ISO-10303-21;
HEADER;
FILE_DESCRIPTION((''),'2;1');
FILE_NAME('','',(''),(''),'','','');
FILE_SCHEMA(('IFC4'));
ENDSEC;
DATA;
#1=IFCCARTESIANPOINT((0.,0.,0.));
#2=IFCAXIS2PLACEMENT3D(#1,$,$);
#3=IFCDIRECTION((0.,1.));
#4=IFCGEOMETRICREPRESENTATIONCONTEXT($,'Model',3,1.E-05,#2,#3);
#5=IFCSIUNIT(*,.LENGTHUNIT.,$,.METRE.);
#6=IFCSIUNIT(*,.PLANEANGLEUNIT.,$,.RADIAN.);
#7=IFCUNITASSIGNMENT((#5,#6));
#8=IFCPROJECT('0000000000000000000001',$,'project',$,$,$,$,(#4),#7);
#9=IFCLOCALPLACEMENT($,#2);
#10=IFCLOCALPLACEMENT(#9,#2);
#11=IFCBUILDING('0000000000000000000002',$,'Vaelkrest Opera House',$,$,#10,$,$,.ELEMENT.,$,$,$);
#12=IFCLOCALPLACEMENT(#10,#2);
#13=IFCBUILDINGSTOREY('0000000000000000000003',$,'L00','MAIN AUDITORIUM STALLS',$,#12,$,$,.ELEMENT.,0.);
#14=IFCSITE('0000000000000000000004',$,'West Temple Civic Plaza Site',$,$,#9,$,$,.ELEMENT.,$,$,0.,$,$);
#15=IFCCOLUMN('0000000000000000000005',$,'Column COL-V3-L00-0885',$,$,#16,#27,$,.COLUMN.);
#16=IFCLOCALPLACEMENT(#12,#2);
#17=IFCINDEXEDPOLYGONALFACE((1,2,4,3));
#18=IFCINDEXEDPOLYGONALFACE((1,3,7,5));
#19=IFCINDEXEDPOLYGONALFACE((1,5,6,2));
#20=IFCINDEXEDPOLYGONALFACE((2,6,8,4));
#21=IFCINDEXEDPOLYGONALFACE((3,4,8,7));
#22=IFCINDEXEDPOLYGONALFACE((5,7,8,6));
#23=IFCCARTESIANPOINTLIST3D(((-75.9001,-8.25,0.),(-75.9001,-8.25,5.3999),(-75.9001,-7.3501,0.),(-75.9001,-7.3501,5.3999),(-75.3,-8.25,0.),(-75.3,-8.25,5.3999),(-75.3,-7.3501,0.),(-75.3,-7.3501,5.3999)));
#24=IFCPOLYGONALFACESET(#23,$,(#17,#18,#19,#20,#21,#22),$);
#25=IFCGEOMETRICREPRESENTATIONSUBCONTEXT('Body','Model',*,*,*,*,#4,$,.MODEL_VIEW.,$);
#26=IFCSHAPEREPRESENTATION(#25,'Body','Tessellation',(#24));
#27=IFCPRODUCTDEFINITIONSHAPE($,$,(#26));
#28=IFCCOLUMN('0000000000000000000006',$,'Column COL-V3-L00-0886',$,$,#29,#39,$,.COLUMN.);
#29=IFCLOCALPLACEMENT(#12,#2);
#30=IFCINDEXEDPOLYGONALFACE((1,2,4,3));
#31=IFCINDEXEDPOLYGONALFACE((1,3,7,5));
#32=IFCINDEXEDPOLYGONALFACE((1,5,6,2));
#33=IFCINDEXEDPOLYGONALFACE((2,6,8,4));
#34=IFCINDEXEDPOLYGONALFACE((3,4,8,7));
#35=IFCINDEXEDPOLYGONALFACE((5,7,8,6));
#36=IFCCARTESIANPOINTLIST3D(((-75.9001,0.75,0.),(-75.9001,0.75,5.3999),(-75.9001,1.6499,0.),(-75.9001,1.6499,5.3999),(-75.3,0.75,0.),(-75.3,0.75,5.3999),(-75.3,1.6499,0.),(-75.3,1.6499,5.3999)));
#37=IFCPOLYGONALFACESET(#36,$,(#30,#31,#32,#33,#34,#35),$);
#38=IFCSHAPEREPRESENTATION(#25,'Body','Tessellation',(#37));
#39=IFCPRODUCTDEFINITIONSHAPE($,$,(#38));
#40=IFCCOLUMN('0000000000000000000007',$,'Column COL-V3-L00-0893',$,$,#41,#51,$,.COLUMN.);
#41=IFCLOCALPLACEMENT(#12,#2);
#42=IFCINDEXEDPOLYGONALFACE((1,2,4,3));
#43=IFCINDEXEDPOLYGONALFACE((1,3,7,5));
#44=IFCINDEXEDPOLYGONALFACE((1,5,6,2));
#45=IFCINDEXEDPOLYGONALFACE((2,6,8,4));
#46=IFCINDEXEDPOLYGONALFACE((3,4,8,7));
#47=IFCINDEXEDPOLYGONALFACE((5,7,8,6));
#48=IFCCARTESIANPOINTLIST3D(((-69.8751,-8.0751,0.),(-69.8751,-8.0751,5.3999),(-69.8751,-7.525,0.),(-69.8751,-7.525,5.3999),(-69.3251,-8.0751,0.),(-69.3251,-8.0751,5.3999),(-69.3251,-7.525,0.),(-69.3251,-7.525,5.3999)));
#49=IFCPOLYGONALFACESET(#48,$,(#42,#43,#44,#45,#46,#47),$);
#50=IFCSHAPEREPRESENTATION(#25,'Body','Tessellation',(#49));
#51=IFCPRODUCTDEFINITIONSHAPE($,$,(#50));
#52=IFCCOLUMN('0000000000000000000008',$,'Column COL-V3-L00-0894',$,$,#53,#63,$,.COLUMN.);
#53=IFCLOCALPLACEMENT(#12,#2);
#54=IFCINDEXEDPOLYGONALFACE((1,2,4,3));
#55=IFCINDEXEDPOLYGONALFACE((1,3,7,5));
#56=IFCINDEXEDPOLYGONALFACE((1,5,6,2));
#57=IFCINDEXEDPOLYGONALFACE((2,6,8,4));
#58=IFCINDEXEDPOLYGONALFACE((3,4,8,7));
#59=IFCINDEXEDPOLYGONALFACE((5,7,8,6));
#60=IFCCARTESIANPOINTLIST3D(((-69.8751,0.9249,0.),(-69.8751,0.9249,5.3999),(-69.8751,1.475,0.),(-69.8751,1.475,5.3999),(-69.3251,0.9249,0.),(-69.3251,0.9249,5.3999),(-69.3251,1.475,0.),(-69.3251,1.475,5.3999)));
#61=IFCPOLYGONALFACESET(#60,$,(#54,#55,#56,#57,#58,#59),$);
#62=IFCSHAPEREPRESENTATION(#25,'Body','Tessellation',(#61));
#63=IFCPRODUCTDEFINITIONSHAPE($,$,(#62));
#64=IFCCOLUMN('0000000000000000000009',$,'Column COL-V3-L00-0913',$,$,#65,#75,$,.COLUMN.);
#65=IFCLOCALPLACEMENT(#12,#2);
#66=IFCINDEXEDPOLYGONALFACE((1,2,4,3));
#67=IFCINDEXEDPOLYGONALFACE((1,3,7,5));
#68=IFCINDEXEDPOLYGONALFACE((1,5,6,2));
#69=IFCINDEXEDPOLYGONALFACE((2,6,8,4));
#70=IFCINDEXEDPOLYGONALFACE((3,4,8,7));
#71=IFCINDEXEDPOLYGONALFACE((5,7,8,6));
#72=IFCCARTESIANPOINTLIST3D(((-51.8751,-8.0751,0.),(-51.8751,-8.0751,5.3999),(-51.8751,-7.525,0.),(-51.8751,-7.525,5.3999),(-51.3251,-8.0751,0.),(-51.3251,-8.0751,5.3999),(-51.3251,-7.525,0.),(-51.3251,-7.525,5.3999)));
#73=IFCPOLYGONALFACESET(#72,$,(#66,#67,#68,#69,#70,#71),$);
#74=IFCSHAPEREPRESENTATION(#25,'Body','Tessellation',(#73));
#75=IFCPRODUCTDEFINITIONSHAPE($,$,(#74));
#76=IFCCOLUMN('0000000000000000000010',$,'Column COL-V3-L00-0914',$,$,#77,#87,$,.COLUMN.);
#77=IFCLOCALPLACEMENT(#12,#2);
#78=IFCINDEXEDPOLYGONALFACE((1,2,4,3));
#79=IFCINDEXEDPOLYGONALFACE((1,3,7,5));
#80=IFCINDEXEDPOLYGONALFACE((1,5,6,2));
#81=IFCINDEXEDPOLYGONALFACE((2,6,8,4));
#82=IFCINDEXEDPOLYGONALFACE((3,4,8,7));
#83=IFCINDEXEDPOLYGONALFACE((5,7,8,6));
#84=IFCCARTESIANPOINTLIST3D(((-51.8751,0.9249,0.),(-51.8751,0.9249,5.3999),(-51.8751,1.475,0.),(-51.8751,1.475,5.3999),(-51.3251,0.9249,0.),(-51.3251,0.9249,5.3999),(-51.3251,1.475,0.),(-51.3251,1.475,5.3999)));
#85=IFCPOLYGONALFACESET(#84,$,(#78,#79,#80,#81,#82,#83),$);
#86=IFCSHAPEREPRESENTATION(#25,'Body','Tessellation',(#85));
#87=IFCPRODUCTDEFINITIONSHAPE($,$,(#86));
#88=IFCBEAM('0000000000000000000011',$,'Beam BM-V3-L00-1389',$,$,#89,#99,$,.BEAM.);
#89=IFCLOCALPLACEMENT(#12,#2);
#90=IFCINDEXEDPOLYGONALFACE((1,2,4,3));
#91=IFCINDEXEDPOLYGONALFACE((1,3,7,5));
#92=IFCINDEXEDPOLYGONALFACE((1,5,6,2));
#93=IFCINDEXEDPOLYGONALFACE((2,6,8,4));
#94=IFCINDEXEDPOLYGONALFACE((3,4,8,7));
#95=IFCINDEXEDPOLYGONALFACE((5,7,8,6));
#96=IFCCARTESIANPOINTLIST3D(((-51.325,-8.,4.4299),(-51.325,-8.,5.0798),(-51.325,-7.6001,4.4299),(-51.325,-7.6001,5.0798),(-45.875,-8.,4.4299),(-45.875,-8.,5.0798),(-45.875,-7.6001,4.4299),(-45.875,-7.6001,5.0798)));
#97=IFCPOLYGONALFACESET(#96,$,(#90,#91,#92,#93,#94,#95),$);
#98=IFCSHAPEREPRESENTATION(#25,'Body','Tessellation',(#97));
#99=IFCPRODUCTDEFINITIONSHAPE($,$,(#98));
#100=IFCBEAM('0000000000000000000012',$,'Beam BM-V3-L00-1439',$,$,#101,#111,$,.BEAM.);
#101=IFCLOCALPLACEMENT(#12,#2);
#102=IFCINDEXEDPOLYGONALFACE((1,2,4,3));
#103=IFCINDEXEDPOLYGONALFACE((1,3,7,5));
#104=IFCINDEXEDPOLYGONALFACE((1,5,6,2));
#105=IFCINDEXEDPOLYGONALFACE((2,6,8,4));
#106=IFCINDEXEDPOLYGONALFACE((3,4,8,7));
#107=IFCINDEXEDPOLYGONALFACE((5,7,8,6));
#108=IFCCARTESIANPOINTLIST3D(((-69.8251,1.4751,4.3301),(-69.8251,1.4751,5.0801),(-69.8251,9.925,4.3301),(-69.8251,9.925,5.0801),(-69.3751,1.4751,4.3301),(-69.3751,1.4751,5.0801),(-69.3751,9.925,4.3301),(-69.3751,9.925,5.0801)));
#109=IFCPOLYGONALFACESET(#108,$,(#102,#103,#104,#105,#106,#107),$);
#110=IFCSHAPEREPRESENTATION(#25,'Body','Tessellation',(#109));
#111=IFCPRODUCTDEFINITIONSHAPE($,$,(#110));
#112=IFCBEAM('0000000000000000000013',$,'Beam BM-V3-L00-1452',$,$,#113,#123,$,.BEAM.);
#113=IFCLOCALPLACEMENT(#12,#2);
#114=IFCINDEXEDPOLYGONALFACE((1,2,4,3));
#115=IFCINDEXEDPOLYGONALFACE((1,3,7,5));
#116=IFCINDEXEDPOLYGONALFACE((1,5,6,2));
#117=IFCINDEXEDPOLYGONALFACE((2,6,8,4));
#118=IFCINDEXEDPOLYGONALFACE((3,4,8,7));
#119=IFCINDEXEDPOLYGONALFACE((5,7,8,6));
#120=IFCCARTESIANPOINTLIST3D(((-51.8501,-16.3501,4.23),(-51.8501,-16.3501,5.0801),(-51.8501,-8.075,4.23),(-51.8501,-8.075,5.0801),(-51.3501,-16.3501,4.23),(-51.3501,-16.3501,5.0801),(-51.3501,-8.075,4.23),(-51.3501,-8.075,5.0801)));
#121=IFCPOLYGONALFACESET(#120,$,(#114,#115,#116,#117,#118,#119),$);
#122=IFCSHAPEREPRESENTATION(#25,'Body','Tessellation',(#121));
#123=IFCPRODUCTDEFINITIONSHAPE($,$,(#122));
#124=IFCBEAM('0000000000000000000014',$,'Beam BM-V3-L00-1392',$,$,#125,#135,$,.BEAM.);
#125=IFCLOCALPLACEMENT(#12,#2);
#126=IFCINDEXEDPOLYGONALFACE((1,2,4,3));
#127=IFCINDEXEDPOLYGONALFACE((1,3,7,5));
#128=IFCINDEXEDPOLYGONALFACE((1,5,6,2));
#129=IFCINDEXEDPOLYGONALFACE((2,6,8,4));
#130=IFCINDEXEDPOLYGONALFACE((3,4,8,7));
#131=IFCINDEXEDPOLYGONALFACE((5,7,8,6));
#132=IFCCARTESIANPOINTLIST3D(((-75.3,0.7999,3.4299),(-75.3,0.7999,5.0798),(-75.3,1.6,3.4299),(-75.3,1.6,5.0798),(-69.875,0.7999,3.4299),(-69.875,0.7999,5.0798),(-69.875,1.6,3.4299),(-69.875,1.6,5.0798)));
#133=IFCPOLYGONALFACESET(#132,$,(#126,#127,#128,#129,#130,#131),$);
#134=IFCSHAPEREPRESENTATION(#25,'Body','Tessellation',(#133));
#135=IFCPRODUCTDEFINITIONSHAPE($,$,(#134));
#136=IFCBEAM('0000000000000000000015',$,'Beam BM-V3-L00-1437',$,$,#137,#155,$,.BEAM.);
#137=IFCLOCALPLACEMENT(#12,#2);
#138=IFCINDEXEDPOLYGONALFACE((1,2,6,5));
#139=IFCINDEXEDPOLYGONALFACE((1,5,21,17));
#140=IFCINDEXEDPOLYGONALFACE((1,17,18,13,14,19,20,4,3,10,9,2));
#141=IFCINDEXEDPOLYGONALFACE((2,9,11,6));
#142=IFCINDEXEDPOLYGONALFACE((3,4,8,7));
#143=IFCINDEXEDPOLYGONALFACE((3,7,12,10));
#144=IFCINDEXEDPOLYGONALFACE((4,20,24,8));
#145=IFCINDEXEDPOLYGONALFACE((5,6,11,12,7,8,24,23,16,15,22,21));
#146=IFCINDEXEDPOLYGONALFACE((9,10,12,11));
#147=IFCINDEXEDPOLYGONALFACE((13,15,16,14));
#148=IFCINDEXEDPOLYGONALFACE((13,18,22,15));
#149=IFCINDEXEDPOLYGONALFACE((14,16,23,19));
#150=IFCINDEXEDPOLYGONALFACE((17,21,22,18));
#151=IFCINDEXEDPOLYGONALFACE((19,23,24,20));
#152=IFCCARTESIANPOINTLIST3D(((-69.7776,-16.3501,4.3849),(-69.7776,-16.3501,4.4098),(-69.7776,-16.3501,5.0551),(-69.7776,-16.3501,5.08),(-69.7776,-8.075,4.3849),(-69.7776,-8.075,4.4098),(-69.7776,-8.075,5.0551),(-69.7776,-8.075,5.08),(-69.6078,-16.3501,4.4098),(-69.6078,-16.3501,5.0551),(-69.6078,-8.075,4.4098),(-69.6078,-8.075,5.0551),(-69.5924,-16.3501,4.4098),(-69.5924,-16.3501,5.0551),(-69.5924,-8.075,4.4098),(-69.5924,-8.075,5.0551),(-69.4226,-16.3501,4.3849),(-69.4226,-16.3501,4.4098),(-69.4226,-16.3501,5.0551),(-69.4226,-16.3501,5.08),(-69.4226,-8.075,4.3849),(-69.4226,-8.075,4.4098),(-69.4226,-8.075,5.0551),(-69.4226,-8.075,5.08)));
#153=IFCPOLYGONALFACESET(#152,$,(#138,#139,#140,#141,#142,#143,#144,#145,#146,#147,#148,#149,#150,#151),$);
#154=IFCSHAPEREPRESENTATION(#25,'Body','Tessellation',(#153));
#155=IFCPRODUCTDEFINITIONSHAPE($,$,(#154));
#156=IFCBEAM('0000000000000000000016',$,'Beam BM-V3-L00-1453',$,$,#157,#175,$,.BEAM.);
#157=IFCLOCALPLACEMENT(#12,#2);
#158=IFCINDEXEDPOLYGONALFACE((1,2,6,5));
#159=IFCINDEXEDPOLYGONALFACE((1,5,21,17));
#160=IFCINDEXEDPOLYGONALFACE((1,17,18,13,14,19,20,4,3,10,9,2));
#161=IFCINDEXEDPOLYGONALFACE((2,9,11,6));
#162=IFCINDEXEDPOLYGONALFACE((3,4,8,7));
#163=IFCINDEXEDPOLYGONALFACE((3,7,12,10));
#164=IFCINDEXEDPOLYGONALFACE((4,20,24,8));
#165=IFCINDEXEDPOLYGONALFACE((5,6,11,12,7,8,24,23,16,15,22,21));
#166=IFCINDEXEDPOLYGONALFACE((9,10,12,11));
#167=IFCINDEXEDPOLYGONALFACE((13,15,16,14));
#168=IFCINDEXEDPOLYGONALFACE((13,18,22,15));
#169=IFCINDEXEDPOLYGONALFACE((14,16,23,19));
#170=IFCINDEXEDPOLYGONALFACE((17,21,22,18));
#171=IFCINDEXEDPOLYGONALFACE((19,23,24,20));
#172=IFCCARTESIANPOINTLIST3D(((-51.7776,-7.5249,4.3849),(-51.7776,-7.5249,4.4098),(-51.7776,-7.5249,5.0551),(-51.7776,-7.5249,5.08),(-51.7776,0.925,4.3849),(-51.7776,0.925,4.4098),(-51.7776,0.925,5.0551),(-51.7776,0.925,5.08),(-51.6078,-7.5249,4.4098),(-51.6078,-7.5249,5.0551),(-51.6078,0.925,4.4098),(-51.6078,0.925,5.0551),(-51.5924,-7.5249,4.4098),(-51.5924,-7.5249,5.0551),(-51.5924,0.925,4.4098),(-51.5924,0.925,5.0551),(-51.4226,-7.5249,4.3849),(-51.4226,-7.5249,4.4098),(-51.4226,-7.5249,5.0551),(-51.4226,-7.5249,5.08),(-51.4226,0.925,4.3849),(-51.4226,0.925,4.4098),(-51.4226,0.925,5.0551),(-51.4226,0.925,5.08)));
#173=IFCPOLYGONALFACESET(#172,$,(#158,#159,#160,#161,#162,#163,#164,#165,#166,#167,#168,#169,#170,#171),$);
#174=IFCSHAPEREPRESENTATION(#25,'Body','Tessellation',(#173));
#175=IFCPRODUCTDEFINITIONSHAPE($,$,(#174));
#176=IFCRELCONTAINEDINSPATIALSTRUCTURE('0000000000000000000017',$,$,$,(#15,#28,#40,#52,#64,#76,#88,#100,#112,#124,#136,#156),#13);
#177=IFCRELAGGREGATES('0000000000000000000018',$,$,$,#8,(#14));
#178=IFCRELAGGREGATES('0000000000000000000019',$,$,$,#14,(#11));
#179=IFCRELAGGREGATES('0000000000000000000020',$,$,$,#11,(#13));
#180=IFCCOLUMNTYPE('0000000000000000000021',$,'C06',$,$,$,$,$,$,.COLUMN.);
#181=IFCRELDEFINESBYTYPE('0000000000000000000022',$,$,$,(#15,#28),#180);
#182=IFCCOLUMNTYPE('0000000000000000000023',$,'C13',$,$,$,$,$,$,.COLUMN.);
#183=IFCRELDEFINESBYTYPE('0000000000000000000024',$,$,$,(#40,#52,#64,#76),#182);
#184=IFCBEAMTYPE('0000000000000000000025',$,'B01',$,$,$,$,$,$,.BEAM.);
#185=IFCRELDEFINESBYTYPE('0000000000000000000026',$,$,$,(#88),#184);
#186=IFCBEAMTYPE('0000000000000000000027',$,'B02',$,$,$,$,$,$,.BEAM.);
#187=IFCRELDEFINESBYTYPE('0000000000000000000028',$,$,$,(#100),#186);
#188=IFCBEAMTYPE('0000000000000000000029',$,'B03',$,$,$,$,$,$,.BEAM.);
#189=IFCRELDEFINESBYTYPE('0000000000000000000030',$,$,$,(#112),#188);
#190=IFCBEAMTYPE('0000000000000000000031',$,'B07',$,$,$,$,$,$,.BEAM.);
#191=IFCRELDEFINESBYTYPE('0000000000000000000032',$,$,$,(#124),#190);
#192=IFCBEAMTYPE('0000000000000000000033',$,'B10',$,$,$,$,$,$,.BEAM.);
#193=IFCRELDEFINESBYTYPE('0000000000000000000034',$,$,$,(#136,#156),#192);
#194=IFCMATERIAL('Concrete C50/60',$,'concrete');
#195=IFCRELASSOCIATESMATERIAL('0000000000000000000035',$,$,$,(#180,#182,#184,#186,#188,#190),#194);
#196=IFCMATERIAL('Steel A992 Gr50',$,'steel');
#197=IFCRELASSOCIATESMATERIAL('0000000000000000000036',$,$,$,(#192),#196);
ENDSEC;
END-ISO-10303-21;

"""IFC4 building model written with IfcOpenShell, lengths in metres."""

from ifc_helpers import new_model, si_unit, direction, frame, origin, origin_2d, place, context, subcontext, project, spatial, rectangle, i_section, extrude, material, material_profile, profile_set, type_object, element, save


model = new_model("IFC4")

# Units and contexts
model_context = context("Model", 3, precision=1e-05, world=origin(), true_north=direction((0.0, 1.0)))
body_context = subcontext(model_context, "Body", "Model", "MODEL_VIEW")
ifc_project = project(units=[si_unit("LENGTHUNIT", "METRE"), si_unit("PLANEANGLEUNIT", "RADIAN")], contexts=[model_context])

# Site, building, storey
site_placement = place(None, origin())
site = spatial("IfcSite", under=ifc_project, at=site_placement, Name="West Temple Civic Plaza Site", CompositionType="ELEMENT", RefElevation=0.0)
building_placement = place(site_placement, origin())
building = spatial("IfcBuilding", under=site, at=building_placement, Name="Vaelkrest Opera House", CompositionType="ELEMENT")
storey_placement = place(building_placement, origin())
storey = spatial("IfcBuildingStorey", under=building, at=storey_placement, Name="L00", Description="MAIN AUDITORIUM STALLS", CompositionType="ELEMENT", Elevation=0.0)

# Columns
ifc_material_1 = material(Name="Concrete C50/60", Category="concrete")
ifc_material_profile_1 = material_profile(ifc_material_1, rectangle(XDim=0.6001, YDim=0.8999, at=origin_2d()), Name="RC600X900")
ifc_profile_set_1 = profile_set([ifc_material_profile_1], Name="Concrete C50/60")
column_type_1 = type_object("IfcColumnType", Name="C06", PredefinedType="COLUMN", material=ifc_profile_set_1)
for number, where, z_axis, x_axis, name in (
    (1, (-75.6001, -7.8, 0.0), (0.0, 0.0, 1.0), (1.0, 0.0, 0.0), "Column COL-V3-L00-0885"),
    (2, (-75.6001, 1.2, 0.0), (0.0, 0.0, 1.0), (1.0, 0.0, 0.0), "Column COL-V3-L00-0886"),
):
    element("IfcColumn", number, at=place(storey_placement, frame(where, z_axis=z_axis, x_axis=x_axis)), inside=storey, type_object=column_type_1, Name=name, PredefinedType="COLUMN", context=body_context, shape_type="SweptSolid", body=[
        extrude(rectangle(XDim=0.6001, YDim=0.8999, at=origin_2d()), origin(), (0.0, 0.0, 1.0), 5.3999),
    ])
ifc_material_profile_2 = material_profile(ifc_material_1, rectangle(XDim=0.55, YDim=0.55, at=origin_2d()), Name="RC550X550")
ifc_profile_set_2 = profile_set([ifc_material_profile_2], Name="Concrete C50/60")
column_type_2 = type_object("IfcColumnType", Name="C13", PredefinedType="COLUMN", material=ifc_profile_set_2)
for number, where, z_axis, x_axis, name in (
    (3, (-69.6001, -7.8, 0.0), (0.0, 0.0, 1.0), (1.0, 0.0, 0.0), "Column COL-V3-L00-0893"),
    (4, (-69.6001, 1.2, 0.0), (0.0, 0.0, 1.0), (1.0, 0.0, 0.0), "Column COL-V3-L00-0894"),
    (5, (-51.6001, -7.8, 0.0), (0.0, 0.0, 1.0), (1.0, 0.0, 0.0), "Column COL-V3-L00-0913"),
    (6, (-51.6001, 1.2, 0.0), (0.0, 0.0, 1.0), (1.0, 0.0, 0.0), "Column COL-V3-L00-0914"),
):
    element("IfcColumn", number, at=place(storey_placement, frame(where, z_axis=z_axis, x_axis=x_axis)), inside=storey, type_object=column_type_2, Name=name, PredefinedType="COLUMN", context=body_context, shape_type="SweptSolid", body=[
        extrude(rectangle(XDim=0.55, YDim=0.55, at=origin_2d()), origin(), (0.0, 0.0, 1.0), 5.3999),
    ])

# Beams
ifc_material_profile_3 = material_profile(ifc_material_1, rectangle(XDim=0.3999, YDim=0.6499, at=origin_2d()), Name="RCB400X650")
ifc_profile_set_3 = profile_set([ifc_material_profile_3], Name="Concrete C50/60")
beam_type_1 = type_object("IfcBeamType", Name="B01", PredefinedType="BEAM", material=ifc_profile_set_3)
beam_1_placement = place(storey_placement, frame((-51.325, -7.8, 4.7549), z_axis=(1.0, 0.0, 0.0), x_axis=(0.0, 1.0, 0.0)))
element("IfcBeam", 7, at=beam_1_placement, inside=storey, type_object=beam_type_1, Name="Beam BM-V3-L00-1389", PredefinedType="BEAM", context=body_context, shape_type="SweptSolid", body=[
    extrude(rectangle(XDim=0.3999, YDim=0.6499, at=origin_2d()), origin(), (0.0, 0.0, 1.0), 5.45),
])
ifc_material_profile_4 = material_profile(ifc_material_1, rectangle(XDim=0.45, YDim=0.75, at=origin_2d()), Name="RCB450X750")
ifc_profile_set_4 = profile_set([ifc_material_profile_4], Name="Concrete C50/60")
beam_type_2 = type_object("IfcBeamType", Name="B02", PredefinedType="BEAM", material=ifc_profile_set_4)
beam_2_placement = place(storey_placement, frame((-69.6001, 1.4751, 4.7051), z_axis=(0.0, 1.0, 0.0), x_axis=(-1.0, 0.0, 0.0)))
element("IfcBeam", 8, at=beam_2_placement, inside=storey, type_object=beam_type_2, Name="Beam BM-V3-L00-1439", PredefinedType="BEAM", context=body_context, shape_type="SweptSolid", body=[
    extrude(rectangle(XDim=0.45, YDim=0.75, at=origin_2d()), origin(), (0.0, 0.0, 1.0), 8.45),
])
ifc_material_profile_5 = material_profile(ifc_material_1, rectangle(XDim=0.5, YDim=0.8501, at=origin_2d()), Name="RCB500X850")
ifc_profile_set_5 = profile_set([ifc_material_profile_5], Name="Concrete C50/60")
beam_type_3 = type_object("IfcBeamType", Name="B03", PredefinedType="BEAM", material=ifc_profile_set_5)
beam_3_placement = place(storey_placement, frame((-51.6001, -16.3501, 4.655), z_axis=(0.0, 1.0, 0.0), x_axis=(-1.0, 0.0, 0.0)))
element("IfcBeam", 9, at=beam_3_placement, inside=storey, type_object=beam_type_3, Name="Beam BM-V3-L00-1452", PredefinedType="BEAM", context=body_context, shape_type="SweptSolid", body=[
    extrude(rectangle(XDim=0.5, YDim=0.8501, at=origin_2d()), origin(), (0.0, 0.0, 1.0), 8.2751),
])
ifc_material_profile_6 = material_profile(ifc_material_1, rectangle(XDim=0.8, YDim=1.6499, at=origin_2d()), Name="RCB800X1650")
ifc_profile_set_6 = profile_set([ifc_material_profile_6], Name="Concrete C50/60")
beam_type_4 = type_object("IfcBeamType", Name="B07", PredefinedType="BEAM", material=ifc_profile_set_6)
beam_4_placement = place(storey_placement, frame((-75.3, 1.2, 4.2549), z_axis=(1.0, 0.0, 0.0), x_axis=(0.0, 1.0, 0.0)))
element("IfcBeam", 10, at=beam_4_placement, inside=storey, type_object=beam_type_4, Name="Beam BM-V3-L00-1392", PredefinedType="BEAM", context=body_context, shape_type="SweptSolid", body=[
    extrude(rectangle(XDim=0.8, YDim=1.6499, at=origin_2d()), origin(), (0.0, 0.0, 1.0), 5.425),
])
ifc_material_2 = material(Name="Steel A992 Gr50", Category="steel")
ifc_material_profile_7 = material_profile(ifc_material_2, i_section(OverallWidth=0.355, OverallDepth=0.6951, WebThickness=0.0154, FlangeThickness=0.0249, at=origin_2d()), Name="W27X146")
ifc_profile_set_7 = profile_set([ifc_material_profile_7], Name="Steel A992 Gr50")
beam_type_5 = type_object("IfcBeamType", Name="B10", PredefinedType="BEAM", material=ifc_profile_set_7)
beam_5_placement = place(storey_placement, frame((-69.6001, -16.3501, 4.7324), z_axis=(0.0, 1.0, 0.0), x_axis=(-1.0, 0.0, 0.0)))
element("IfcBeam", 11, at=beam_5_placement, inside=storey, type_object=beam_type_5, Name="Beam BM-V3-L00-1437", PredefinedType="BEAM", context=body_context, shape_type="SweptSolid", body=[
    extrude(i_section(OverallWidth=0.355, OverallDepth=0.6951, WebThickness=0.0154, FlangeThickness=0.0249, at=origin_2d()), origin(), (0.0, 0.0, 1.0), 8.2751),
])
beam_6_placement = place(storey_placement, frame((-51.6001, -7.5249, 4.7324), z_axis=(0.0, 1.0, 0.0), x_axis=(-1.0, 0.0, 0.0)))
element("IfcBeam", 12, at=beam_6_placement, inside=storey, type_object=beam_type_5, Name="Beam BM-V3-L00-1453", PredefinedType="BEAM", context=body_context, shape_type="SweptSolid", body=[
    extrude(i_section(OverallWidth=0.355, OverallDepth=0.6951, WebThickness=0.0154, FlangeThickness=0.0249, at=origin_2d()), origin(), (0.0, 0.0, 1.0), 8.45),
])

save(model, "model.ifc")
